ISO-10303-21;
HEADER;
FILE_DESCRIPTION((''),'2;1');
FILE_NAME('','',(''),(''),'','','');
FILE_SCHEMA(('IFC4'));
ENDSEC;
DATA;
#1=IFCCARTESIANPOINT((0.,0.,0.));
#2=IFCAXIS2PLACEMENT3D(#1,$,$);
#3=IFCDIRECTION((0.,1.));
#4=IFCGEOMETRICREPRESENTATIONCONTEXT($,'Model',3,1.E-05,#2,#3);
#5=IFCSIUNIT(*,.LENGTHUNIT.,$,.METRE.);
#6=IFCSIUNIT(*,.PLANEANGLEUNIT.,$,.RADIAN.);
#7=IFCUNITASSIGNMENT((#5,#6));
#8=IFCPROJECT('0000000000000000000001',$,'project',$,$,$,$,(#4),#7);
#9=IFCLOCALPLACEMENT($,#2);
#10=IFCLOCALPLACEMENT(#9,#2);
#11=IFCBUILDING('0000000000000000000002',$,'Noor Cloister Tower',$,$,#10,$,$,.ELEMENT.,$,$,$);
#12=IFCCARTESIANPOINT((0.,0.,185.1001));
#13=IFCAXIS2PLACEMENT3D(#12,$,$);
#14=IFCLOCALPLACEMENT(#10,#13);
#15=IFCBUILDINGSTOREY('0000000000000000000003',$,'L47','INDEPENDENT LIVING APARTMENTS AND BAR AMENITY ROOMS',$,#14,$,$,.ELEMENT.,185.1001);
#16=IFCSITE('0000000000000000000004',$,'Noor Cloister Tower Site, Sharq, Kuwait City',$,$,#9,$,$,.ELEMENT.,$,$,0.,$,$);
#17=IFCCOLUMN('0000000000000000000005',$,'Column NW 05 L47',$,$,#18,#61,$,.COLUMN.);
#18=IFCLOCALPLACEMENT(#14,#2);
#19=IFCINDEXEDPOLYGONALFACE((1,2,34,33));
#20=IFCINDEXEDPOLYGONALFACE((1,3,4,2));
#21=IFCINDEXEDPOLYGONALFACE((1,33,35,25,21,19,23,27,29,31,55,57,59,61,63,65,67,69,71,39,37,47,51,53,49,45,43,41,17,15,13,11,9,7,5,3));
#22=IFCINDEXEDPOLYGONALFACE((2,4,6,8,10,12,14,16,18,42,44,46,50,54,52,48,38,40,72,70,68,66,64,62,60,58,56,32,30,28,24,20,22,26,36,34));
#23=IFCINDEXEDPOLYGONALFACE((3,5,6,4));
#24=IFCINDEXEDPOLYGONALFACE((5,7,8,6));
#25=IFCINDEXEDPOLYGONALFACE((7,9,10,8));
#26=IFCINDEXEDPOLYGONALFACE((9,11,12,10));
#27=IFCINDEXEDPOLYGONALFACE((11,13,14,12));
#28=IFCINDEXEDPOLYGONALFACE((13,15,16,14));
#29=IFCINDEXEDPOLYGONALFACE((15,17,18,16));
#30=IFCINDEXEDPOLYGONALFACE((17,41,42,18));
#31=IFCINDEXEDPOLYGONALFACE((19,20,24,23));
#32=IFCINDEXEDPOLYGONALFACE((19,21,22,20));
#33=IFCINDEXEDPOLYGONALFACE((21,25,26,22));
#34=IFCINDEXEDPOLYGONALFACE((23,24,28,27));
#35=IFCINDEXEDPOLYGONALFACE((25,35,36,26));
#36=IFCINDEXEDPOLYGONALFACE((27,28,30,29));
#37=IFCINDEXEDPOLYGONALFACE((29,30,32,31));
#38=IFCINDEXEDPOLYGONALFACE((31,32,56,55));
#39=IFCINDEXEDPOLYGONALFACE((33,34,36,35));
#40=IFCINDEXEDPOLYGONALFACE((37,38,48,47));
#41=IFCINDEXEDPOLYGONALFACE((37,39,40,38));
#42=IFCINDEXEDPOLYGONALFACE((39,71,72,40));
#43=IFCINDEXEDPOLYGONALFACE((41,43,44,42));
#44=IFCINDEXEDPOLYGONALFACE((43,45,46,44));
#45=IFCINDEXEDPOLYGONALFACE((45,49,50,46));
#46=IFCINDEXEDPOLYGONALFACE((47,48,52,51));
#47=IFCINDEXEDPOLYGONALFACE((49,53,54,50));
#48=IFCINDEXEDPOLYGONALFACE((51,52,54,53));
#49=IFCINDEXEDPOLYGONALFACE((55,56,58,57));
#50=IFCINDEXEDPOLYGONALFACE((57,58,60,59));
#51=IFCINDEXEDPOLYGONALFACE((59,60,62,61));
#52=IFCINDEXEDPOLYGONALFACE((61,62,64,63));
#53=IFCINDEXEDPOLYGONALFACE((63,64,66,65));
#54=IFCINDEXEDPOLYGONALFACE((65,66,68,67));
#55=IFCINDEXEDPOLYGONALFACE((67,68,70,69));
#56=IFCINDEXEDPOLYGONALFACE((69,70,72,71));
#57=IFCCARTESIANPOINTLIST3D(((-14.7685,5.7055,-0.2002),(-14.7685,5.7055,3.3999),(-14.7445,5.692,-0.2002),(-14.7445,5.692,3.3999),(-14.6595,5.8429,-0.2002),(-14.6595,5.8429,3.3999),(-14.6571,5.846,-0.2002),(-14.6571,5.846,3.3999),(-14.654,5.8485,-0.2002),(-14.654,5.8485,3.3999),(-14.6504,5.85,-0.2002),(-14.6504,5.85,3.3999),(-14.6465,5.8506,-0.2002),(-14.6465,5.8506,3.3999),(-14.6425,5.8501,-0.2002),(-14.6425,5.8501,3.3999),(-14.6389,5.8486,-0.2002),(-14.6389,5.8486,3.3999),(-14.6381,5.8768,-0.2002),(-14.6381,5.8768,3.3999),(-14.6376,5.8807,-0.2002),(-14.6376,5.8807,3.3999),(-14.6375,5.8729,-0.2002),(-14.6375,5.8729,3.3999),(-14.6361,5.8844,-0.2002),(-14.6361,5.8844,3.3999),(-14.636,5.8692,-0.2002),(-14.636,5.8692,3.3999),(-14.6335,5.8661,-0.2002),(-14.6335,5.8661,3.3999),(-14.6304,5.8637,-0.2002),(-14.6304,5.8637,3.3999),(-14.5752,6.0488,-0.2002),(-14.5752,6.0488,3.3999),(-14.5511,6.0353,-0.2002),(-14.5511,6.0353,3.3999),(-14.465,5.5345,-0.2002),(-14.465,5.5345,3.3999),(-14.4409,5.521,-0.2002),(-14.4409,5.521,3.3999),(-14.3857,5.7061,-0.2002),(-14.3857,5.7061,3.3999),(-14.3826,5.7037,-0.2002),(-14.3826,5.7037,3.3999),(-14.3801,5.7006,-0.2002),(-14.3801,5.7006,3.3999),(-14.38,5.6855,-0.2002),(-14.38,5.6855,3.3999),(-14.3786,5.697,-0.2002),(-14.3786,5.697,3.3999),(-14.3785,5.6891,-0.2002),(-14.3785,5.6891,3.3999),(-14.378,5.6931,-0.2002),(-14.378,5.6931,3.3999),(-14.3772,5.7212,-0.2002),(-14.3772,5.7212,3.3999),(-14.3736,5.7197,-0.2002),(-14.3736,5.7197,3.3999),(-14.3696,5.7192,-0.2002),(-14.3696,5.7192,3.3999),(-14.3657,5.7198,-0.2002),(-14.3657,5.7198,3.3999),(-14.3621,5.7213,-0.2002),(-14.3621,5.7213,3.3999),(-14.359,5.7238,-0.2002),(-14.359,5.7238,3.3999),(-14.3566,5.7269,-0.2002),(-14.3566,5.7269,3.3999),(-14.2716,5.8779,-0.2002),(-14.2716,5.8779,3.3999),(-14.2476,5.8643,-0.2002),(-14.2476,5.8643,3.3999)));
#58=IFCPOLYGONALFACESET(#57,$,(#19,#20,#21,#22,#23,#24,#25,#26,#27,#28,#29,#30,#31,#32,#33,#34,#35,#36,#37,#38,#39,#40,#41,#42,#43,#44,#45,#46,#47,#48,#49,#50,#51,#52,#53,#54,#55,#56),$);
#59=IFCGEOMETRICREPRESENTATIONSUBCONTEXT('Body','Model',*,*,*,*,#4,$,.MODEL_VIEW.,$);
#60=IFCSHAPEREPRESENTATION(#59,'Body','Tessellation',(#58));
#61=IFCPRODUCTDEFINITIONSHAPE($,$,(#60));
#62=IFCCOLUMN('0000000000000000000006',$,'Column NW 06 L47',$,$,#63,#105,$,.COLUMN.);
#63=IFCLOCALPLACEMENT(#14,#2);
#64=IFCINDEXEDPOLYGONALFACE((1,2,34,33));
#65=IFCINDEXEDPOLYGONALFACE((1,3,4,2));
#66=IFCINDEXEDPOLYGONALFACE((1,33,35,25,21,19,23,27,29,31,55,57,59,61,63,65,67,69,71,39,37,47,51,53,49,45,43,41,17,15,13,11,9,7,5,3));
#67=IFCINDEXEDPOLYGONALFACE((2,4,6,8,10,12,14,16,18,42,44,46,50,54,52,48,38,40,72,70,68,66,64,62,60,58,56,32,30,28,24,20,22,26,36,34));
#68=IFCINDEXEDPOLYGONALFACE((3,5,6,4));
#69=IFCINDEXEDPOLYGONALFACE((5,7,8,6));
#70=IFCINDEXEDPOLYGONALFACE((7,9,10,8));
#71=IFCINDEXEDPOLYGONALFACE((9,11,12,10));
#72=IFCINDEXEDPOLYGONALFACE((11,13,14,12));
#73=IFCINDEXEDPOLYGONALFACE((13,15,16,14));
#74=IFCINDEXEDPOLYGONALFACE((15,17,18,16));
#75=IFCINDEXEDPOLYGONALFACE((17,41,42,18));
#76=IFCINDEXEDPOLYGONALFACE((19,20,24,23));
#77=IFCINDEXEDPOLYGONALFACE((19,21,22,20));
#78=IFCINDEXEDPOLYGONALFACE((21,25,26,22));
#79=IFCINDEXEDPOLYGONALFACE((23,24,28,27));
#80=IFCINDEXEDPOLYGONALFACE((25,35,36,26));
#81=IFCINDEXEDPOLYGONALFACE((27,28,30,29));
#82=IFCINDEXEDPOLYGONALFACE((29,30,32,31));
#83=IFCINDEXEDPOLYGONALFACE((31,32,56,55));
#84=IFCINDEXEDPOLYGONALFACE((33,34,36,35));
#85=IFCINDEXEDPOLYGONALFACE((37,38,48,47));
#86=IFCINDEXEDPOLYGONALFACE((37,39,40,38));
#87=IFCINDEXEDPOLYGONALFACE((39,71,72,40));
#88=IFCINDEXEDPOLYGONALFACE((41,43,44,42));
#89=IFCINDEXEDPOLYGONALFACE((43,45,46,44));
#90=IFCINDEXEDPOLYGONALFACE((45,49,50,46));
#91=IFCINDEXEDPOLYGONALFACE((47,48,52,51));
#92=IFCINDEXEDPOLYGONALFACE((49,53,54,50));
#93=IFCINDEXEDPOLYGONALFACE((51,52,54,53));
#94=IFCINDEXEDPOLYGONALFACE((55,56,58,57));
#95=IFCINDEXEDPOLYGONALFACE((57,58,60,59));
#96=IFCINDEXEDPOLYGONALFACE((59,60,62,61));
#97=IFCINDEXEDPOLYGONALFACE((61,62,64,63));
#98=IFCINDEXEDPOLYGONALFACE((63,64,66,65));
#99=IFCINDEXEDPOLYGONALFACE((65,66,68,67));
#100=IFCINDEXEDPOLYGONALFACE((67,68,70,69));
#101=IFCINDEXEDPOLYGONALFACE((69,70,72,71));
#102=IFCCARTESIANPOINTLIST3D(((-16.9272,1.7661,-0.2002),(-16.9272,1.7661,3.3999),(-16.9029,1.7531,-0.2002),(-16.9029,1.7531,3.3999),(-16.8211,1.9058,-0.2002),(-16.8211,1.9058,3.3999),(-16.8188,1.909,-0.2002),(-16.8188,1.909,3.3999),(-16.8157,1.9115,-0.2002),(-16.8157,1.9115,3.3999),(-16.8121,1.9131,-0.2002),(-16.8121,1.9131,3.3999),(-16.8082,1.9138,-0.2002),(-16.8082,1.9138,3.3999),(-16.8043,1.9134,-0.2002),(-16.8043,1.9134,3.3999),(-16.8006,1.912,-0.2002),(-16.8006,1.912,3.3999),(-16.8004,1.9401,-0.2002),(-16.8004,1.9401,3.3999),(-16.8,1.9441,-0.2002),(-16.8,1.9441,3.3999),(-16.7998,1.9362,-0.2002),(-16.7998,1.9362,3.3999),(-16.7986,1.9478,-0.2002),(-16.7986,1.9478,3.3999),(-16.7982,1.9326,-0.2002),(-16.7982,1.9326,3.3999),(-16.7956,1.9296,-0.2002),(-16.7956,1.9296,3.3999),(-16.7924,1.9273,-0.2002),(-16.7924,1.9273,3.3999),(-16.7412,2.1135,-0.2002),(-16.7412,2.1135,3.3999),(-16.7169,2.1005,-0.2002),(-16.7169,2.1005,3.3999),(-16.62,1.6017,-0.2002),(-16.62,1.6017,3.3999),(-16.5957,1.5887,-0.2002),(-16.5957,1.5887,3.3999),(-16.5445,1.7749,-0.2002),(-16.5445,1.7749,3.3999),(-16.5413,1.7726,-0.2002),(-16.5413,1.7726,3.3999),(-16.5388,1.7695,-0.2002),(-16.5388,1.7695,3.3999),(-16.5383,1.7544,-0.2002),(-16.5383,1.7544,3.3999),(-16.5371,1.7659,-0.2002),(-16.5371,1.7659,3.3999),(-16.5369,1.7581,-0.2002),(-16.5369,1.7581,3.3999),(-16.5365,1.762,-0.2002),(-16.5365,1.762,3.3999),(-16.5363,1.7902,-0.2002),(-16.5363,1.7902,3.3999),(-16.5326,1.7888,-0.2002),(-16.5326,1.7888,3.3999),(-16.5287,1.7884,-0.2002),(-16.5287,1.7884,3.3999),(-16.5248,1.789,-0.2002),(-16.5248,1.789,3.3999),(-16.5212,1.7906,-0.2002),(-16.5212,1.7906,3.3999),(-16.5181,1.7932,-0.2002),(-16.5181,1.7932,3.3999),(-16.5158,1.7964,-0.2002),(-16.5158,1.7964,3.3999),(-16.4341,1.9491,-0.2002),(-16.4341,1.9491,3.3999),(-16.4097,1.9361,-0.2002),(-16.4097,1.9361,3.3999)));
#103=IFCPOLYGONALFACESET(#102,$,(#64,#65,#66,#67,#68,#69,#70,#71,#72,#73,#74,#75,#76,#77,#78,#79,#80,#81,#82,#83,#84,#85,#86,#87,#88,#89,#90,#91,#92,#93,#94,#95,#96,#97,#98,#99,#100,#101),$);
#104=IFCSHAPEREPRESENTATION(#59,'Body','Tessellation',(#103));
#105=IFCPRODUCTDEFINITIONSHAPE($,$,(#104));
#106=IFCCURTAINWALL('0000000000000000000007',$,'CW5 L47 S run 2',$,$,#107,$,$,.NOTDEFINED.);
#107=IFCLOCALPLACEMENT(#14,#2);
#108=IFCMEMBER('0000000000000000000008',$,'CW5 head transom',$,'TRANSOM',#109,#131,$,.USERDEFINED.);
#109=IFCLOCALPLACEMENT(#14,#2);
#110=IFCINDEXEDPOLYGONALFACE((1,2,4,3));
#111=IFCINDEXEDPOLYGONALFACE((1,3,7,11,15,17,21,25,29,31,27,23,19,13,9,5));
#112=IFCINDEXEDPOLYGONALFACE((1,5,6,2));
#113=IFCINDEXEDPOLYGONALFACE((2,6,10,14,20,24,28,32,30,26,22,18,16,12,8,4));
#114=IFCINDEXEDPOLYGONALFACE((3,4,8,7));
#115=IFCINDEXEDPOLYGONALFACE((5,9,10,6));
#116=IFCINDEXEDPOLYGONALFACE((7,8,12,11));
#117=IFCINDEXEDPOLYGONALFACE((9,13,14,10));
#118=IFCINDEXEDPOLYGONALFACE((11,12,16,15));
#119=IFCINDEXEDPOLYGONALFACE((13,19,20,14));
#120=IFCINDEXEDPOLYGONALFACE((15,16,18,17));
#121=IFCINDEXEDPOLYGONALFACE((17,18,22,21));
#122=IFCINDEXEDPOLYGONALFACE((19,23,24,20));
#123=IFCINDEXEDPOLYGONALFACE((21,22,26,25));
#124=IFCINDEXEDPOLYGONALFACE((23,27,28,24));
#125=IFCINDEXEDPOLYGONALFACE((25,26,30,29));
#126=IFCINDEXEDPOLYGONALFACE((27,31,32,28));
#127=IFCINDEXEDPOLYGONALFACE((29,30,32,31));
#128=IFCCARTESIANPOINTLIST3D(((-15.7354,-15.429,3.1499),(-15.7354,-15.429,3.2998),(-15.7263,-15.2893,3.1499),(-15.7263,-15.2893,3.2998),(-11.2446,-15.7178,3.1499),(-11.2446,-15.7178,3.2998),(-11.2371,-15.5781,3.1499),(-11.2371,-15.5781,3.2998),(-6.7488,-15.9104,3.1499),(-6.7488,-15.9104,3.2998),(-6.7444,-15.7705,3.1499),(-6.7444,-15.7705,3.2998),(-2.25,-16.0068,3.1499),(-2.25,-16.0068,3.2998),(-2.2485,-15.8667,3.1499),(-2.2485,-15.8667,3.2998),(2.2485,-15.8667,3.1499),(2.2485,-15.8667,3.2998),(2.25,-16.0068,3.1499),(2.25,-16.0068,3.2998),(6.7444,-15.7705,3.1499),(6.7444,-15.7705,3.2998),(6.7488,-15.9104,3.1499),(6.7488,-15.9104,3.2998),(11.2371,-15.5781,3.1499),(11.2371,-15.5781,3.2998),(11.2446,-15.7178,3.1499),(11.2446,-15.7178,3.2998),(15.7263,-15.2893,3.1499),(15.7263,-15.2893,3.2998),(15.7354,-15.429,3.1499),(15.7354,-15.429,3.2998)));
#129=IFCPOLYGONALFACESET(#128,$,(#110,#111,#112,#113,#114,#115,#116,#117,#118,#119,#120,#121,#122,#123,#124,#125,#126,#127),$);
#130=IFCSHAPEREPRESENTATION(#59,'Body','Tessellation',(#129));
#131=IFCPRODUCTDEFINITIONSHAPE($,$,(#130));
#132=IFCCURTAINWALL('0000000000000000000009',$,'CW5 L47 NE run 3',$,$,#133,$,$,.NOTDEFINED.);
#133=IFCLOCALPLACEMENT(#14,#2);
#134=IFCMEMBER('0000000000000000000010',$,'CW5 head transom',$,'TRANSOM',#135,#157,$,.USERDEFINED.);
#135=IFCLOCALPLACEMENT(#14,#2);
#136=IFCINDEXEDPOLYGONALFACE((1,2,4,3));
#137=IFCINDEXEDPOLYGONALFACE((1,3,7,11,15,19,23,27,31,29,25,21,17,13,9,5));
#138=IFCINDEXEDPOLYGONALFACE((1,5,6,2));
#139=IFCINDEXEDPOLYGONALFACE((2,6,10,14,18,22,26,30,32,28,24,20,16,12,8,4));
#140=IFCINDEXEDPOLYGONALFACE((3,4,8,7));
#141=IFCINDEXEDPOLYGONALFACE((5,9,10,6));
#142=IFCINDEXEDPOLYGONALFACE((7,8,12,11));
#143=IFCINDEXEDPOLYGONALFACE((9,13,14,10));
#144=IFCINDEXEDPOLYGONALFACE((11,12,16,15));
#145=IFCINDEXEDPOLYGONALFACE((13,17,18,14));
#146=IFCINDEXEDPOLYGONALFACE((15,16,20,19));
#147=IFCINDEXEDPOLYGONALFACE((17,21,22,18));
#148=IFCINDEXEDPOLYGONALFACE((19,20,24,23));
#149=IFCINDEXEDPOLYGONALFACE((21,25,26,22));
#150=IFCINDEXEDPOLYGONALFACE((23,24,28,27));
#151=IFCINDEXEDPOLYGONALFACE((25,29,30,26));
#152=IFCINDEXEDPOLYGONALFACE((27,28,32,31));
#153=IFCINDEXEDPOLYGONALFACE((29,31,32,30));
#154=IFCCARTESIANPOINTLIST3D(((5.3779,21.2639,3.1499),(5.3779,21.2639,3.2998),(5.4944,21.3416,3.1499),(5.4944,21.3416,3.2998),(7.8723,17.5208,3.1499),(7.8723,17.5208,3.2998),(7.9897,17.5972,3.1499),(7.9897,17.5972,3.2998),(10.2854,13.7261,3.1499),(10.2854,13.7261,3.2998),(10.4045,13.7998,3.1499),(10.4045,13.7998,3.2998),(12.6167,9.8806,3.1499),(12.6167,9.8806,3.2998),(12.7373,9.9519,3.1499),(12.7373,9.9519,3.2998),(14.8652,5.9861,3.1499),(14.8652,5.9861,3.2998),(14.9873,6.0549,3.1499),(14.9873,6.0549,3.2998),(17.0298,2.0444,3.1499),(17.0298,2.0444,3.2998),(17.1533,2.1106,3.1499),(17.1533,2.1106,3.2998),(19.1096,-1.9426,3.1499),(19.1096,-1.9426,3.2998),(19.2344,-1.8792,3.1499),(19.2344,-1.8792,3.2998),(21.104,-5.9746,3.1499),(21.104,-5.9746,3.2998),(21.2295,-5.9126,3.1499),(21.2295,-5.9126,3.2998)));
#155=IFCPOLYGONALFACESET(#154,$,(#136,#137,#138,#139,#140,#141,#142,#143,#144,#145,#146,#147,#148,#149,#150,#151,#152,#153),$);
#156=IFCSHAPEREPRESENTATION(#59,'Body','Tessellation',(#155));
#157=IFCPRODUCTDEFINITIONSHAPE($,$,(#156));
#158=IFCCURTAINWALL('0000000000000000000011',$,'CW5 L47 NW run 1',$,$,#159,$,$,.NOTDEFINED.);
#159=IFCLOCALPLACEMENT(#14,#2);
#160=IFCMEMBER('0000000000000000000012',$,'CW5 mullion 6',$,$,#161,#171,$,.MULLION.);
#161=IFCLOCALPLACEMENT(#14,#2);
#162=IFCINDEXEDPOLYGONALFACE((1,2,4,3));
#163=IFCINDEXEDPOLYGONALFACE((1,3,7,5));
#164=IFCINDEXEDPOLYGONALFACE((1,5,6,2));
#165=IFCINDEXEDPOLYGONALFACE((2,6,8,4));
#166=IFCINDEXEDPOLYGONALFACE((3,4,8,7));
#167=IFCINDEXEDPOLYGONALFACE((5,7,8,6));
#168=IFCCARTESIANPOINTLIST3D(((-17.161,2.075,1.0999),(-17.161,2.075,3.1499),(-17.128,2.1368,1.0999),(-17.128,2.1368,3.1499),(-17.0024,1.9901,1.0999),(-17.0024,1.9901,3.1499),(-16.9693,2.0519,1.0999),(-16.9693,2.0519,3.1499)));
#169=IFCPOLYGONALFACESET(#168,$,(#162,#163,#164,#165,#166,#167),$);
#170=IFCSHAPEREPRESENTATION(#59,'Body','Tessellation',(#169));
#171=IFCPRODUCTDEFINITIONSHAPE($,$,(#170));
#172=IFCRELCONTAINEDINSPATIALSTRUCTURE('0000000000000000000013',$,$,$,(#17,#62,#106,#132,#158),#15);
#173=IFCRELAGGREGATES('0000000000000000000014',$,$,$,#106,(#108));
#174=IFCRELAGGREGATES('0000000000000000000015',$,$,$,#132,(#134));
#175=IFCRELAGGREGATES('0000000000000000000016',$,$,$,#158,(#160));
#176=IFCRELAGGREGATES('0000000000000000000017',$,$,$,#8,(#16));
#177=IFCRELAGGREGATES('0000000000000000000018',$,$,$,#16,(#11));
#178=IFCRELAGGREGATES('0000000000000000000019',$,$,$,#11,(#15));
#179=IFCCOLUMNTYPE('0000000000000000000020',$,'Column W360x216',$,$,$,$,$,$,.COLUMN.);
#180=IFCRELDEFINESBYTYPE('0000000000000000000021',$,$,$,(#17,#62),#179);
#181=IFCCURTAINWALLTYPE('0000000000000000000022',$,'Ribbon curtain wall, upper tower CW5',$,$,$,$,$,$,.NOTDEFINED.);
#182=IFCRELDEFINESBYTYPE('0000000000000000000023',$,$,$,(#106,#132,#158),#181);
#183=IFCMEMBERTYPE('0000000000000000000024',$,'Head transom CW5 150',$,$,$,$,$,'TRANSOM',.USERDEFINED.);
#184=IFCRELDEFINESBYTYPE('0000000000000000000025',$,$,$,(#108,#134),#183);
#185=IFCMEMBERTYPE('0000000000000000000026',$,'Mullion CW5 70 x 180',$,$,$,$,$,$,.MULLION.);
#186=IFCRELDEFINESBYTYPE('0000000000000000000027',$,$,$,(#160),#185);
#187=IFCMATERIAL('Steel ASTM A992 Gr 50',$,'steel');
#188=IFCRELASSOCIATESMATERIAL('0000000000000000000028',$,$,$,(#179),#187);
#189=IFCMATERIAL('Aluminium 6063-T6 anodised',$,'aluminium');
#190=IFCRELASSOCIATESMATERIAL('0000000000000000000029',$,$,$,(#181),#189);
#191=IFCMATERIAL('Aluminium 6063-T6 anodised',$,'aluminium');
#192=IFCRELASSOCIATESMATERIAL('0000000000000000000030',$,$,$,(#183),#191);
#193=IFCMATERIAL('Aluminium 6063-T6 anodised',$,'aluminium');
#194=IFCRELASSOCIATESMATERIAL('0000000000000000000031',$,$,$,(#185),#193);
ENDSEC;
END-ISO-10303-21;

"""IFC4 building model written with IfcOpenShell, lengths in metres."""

from ifc_helpers import new_model, si_unit, direction, frame, origin, origin_2d, place, context, subcontext, project, spatial, polyline, rectangle, i_section, outline, extrude, material, material_profile, profile_set, type_object, element, aggregate, save


model = new_model("IFC4")

# Units and contexts
model_context = context("Model", 3, precision=1e-05, world=origin(), true_north=direction((0.0, 1.0)))
body_context = subcontext(model_context, "Body", "Model", "MODEL_VIEW")
ifc_project = project(units=[si_unit("LENGTHUNIT", "METRE"), si_unit("PLANEANGLEUNIT", "RADIAN")], contexts=[model_context])

# Site, building, storey
site_placement = place(None, origin())
site = spatial("IfcSite", under=ifc_project, at=site_placement, Name="Noor Cloister Tower Site, Sharq, Kuwait City", CompositionType="ELEMENT", RefElevation=0.0)
building_placement = place(site_placement, origin())
building = spatial("IfcBuilding", under=site, at=building_placement, Name="Noor Cloister Tower", CompositionType="ELEMENT")
storey_placement = place(building_placement, frame((0.0, 0.0, 185.1001)))
storey = spatial("IfcBuildingStorey", under=building, at=storey_placement, Name="L47", Description="INDEPENDENT LIVING APARTMENTS AND BAR AMENITY ROOMS", CompositionType="ELEMENT", Elevation=185.1001)

# Columns
ifc_material_1 = material(Name="Steel ASTM A992 Gr 50", Category="steel")
ifc_material_profile_1 = material_profile(ifc_material_1, i_section(OverallWidth=0.394, OverallDepth=0.376, WebThickness=0.0173, FlangeThickness=0.0276, FilletRadius=0.0151, at=origin_2d()), Name="W360x216")
ifc_profile_set_1 = profile_set([ifc_material_profile_1], Name="Steel ASTM A992 Gr 50")
column_type = type_object("IfcColumnType", Name="Column W360x216", PredefinedType="COLUMN", material=ifc_profile_set_1)
for number, where, z_axis, x_axis, name in (
    (1, (-14.5081, 5.7849, -0.2002), (0.0, 0.0, 1.0), (-0.490702, -0.871328, 0.0), "Column NW 05 L47"),
    (2, (-16.6685, 1.8511, -0.2002), (0.0, 0.0, 1.0), (-0.471937, -0.881632, 0.0), "Column NW 06 L47"),
):
    element("IfcColumn", number, at=place(storey_placement, frame(where, z_axis=z_axis, x_axis=x_axis)), inside=storey, type_object=column_type, Name=name, PredefinedType="COLUMN", context=body_context, shape_type="SweptSolid", body=[
        extrude(i_section(OverallWidth=0.394, OverallDepth=0.376, WebThickness=0.0173, FlangeThickness=0.0276, FilletRadius=0.0151, at=origin_2d()), origin(), (0.0, 0.0, 1.0), 3.6001),
    ])

# Curtain walls, members
ifc_material_2 = material(Name="Aluminium 6063-T6 anodised", Category="aluminium")
curtain_wall_type = type_object("IfcCurtainWallType", Name="Ribbon curtain wall, upper tower CW5", PredefinedType="NOTDEFINED", material=ifc_material_2)
curtain_wall_1_placement = place(storey_placement, origin())
curtain_wall_1 = element("IfcCurtainWall", 3, at=curtain_wall_1_placement, inside=storey, type_object=curtain_wall_type, Name="CW5 L47 S run 2", PredefinedType="NOTDEFINED")
ifc_material_3 = material(Name="Aluminium 6063-T6 anodised", Category="aluminium")
member_type_1 = type_object("IfcMemberType", Name="Head transom CW5 150", ElementType="TRANSOM", PredefinedType="USERDEFINED", material=ifc_material_3)
member_1_placement = place(storey_placement, frame((0.0, 0.0, 3.1499)))
member_1 = element("IfcMember", 4, at=member_1_placement, type_object=member_type_1, Name="CW5 head transom", ObjectType="TRANSOM", PredefinedType="USERDEFINED", context=body_context, shape_type="SweptSolid", body=[
    extrude(outline(polyline([(-15.7354, -15.429), (-11.2446, -15.7178), (-6.7488, -15.9104), (-2.25, -16.0068), (2.25, -16.0068), (6.7488, -15.9104), (11.2446, -15.7178), (15.7354, -15.429), (15.7263, -15.2893), (11.2371, -15.5781), (6.7444, -15.7705), (2.2485, -15.8667), (-2.2485, -15.8667), (-6.7444, -15.7705), (-11.2371, -15.5781), (-15.7263, -15.2893), (-15.7354, -15.429)])), origin(), (0.0, 0.0, 1.0), 0.1499),
])
aggregate(curtain_wall_1, [member_1])
curtain_wall_2_placement = place(storey_placement, origin())
curtain_wall_2 = element("IfcCurtainWall", 5, at=curtain_wall_2_placement, inside=storey, type_object=curtain_wall_type, Name="CW5 L47 NE run 3", PredefinedType="NOTDEFINED")
member_2_placement = place(storey_placement, frame((0.0, 0.0, 3.1499)))
member_2 = element("IfcMember", 6, at=member_2_placement, type_object=member_type_1, Name="CW5 head transom", ObjectType="TRANSOM", PredefinedType="USERDEFINED", context=body_context, shape_type="SweptSolid", body=[
    extrude(outline(polyline([(21.2295, -5.9126), (19.2344, -1.8792), (17.1533, 2.1106), (14.9873, 6.0549), (12.7373, 9.9519), (10.4045, 13.7998), (7.9897, 17.5972), (5.4944, 21.3416), (5.3779, 21.2639), (7.8723, 17.5208), (10.2854, 13.7261), (12.6167, 9.8806), (14.8652, 5.9861), (17.0298, 2.0444), (19.1096, -1.9426), (21.104, -5.9746), (21.2295, -5.9126)])), origin(), (0.0, 0.0, 1.0), 0.1499),
])
curtain_wall_3_placement = place(storey_placement, origin())
curtain_wall_3 = element("IfcCurtainWall", 7, at=curtain_wall_3_placement, inside=storey, type_object=curtain_wall_type, Name="CW5 L47 NW run 1", PredefinedType="NOTDEFINED")
ifc_material_4 = material(Name="Aluminium 6063-T6 anodised", Category="aluminium")
ifc_material_profile_2 = material_profile(ifc_material_4, rectangle(XDim=0.1799, YDim=0.0701, at=origin_2d()), Name="180 x 70 mullion")
ifc_profile_set_2 = profile_set([ifc_material_profile_2], Name="Aluminium 6063-T6 anodised")
member_type_2 = type_object("IfcMemberType", Name="Mullion CW5 70 x 180", PredefinedType="MULLION", material=ifc_profile_set_2)
member_3_placement = place(storey_placement, frame((-17.0652, 2.0635, 1.0999), z_axis=(0.0, 0.0, 1.0), x_axis=(0.881632, -0.471937, 0.0)))
member_3 = element("IfcMember", 8, at=member_3_placement, type_object=member_type_2, Name="CW5 mullion 6", PredefinedType="MULLION", context=body_context, shape_type="SweptSolid", body=[
    extrude(rectangle(XDim=0.1799, YDim=0.0701, at=origin_2d()), origin(), (0.0, 0.0, 1.0), 2.05),
])

aggregate(curtain_wall_2, [member_2])

aggregate(curtain_wall_3, [member_3])

save(model, "model.ifc")
